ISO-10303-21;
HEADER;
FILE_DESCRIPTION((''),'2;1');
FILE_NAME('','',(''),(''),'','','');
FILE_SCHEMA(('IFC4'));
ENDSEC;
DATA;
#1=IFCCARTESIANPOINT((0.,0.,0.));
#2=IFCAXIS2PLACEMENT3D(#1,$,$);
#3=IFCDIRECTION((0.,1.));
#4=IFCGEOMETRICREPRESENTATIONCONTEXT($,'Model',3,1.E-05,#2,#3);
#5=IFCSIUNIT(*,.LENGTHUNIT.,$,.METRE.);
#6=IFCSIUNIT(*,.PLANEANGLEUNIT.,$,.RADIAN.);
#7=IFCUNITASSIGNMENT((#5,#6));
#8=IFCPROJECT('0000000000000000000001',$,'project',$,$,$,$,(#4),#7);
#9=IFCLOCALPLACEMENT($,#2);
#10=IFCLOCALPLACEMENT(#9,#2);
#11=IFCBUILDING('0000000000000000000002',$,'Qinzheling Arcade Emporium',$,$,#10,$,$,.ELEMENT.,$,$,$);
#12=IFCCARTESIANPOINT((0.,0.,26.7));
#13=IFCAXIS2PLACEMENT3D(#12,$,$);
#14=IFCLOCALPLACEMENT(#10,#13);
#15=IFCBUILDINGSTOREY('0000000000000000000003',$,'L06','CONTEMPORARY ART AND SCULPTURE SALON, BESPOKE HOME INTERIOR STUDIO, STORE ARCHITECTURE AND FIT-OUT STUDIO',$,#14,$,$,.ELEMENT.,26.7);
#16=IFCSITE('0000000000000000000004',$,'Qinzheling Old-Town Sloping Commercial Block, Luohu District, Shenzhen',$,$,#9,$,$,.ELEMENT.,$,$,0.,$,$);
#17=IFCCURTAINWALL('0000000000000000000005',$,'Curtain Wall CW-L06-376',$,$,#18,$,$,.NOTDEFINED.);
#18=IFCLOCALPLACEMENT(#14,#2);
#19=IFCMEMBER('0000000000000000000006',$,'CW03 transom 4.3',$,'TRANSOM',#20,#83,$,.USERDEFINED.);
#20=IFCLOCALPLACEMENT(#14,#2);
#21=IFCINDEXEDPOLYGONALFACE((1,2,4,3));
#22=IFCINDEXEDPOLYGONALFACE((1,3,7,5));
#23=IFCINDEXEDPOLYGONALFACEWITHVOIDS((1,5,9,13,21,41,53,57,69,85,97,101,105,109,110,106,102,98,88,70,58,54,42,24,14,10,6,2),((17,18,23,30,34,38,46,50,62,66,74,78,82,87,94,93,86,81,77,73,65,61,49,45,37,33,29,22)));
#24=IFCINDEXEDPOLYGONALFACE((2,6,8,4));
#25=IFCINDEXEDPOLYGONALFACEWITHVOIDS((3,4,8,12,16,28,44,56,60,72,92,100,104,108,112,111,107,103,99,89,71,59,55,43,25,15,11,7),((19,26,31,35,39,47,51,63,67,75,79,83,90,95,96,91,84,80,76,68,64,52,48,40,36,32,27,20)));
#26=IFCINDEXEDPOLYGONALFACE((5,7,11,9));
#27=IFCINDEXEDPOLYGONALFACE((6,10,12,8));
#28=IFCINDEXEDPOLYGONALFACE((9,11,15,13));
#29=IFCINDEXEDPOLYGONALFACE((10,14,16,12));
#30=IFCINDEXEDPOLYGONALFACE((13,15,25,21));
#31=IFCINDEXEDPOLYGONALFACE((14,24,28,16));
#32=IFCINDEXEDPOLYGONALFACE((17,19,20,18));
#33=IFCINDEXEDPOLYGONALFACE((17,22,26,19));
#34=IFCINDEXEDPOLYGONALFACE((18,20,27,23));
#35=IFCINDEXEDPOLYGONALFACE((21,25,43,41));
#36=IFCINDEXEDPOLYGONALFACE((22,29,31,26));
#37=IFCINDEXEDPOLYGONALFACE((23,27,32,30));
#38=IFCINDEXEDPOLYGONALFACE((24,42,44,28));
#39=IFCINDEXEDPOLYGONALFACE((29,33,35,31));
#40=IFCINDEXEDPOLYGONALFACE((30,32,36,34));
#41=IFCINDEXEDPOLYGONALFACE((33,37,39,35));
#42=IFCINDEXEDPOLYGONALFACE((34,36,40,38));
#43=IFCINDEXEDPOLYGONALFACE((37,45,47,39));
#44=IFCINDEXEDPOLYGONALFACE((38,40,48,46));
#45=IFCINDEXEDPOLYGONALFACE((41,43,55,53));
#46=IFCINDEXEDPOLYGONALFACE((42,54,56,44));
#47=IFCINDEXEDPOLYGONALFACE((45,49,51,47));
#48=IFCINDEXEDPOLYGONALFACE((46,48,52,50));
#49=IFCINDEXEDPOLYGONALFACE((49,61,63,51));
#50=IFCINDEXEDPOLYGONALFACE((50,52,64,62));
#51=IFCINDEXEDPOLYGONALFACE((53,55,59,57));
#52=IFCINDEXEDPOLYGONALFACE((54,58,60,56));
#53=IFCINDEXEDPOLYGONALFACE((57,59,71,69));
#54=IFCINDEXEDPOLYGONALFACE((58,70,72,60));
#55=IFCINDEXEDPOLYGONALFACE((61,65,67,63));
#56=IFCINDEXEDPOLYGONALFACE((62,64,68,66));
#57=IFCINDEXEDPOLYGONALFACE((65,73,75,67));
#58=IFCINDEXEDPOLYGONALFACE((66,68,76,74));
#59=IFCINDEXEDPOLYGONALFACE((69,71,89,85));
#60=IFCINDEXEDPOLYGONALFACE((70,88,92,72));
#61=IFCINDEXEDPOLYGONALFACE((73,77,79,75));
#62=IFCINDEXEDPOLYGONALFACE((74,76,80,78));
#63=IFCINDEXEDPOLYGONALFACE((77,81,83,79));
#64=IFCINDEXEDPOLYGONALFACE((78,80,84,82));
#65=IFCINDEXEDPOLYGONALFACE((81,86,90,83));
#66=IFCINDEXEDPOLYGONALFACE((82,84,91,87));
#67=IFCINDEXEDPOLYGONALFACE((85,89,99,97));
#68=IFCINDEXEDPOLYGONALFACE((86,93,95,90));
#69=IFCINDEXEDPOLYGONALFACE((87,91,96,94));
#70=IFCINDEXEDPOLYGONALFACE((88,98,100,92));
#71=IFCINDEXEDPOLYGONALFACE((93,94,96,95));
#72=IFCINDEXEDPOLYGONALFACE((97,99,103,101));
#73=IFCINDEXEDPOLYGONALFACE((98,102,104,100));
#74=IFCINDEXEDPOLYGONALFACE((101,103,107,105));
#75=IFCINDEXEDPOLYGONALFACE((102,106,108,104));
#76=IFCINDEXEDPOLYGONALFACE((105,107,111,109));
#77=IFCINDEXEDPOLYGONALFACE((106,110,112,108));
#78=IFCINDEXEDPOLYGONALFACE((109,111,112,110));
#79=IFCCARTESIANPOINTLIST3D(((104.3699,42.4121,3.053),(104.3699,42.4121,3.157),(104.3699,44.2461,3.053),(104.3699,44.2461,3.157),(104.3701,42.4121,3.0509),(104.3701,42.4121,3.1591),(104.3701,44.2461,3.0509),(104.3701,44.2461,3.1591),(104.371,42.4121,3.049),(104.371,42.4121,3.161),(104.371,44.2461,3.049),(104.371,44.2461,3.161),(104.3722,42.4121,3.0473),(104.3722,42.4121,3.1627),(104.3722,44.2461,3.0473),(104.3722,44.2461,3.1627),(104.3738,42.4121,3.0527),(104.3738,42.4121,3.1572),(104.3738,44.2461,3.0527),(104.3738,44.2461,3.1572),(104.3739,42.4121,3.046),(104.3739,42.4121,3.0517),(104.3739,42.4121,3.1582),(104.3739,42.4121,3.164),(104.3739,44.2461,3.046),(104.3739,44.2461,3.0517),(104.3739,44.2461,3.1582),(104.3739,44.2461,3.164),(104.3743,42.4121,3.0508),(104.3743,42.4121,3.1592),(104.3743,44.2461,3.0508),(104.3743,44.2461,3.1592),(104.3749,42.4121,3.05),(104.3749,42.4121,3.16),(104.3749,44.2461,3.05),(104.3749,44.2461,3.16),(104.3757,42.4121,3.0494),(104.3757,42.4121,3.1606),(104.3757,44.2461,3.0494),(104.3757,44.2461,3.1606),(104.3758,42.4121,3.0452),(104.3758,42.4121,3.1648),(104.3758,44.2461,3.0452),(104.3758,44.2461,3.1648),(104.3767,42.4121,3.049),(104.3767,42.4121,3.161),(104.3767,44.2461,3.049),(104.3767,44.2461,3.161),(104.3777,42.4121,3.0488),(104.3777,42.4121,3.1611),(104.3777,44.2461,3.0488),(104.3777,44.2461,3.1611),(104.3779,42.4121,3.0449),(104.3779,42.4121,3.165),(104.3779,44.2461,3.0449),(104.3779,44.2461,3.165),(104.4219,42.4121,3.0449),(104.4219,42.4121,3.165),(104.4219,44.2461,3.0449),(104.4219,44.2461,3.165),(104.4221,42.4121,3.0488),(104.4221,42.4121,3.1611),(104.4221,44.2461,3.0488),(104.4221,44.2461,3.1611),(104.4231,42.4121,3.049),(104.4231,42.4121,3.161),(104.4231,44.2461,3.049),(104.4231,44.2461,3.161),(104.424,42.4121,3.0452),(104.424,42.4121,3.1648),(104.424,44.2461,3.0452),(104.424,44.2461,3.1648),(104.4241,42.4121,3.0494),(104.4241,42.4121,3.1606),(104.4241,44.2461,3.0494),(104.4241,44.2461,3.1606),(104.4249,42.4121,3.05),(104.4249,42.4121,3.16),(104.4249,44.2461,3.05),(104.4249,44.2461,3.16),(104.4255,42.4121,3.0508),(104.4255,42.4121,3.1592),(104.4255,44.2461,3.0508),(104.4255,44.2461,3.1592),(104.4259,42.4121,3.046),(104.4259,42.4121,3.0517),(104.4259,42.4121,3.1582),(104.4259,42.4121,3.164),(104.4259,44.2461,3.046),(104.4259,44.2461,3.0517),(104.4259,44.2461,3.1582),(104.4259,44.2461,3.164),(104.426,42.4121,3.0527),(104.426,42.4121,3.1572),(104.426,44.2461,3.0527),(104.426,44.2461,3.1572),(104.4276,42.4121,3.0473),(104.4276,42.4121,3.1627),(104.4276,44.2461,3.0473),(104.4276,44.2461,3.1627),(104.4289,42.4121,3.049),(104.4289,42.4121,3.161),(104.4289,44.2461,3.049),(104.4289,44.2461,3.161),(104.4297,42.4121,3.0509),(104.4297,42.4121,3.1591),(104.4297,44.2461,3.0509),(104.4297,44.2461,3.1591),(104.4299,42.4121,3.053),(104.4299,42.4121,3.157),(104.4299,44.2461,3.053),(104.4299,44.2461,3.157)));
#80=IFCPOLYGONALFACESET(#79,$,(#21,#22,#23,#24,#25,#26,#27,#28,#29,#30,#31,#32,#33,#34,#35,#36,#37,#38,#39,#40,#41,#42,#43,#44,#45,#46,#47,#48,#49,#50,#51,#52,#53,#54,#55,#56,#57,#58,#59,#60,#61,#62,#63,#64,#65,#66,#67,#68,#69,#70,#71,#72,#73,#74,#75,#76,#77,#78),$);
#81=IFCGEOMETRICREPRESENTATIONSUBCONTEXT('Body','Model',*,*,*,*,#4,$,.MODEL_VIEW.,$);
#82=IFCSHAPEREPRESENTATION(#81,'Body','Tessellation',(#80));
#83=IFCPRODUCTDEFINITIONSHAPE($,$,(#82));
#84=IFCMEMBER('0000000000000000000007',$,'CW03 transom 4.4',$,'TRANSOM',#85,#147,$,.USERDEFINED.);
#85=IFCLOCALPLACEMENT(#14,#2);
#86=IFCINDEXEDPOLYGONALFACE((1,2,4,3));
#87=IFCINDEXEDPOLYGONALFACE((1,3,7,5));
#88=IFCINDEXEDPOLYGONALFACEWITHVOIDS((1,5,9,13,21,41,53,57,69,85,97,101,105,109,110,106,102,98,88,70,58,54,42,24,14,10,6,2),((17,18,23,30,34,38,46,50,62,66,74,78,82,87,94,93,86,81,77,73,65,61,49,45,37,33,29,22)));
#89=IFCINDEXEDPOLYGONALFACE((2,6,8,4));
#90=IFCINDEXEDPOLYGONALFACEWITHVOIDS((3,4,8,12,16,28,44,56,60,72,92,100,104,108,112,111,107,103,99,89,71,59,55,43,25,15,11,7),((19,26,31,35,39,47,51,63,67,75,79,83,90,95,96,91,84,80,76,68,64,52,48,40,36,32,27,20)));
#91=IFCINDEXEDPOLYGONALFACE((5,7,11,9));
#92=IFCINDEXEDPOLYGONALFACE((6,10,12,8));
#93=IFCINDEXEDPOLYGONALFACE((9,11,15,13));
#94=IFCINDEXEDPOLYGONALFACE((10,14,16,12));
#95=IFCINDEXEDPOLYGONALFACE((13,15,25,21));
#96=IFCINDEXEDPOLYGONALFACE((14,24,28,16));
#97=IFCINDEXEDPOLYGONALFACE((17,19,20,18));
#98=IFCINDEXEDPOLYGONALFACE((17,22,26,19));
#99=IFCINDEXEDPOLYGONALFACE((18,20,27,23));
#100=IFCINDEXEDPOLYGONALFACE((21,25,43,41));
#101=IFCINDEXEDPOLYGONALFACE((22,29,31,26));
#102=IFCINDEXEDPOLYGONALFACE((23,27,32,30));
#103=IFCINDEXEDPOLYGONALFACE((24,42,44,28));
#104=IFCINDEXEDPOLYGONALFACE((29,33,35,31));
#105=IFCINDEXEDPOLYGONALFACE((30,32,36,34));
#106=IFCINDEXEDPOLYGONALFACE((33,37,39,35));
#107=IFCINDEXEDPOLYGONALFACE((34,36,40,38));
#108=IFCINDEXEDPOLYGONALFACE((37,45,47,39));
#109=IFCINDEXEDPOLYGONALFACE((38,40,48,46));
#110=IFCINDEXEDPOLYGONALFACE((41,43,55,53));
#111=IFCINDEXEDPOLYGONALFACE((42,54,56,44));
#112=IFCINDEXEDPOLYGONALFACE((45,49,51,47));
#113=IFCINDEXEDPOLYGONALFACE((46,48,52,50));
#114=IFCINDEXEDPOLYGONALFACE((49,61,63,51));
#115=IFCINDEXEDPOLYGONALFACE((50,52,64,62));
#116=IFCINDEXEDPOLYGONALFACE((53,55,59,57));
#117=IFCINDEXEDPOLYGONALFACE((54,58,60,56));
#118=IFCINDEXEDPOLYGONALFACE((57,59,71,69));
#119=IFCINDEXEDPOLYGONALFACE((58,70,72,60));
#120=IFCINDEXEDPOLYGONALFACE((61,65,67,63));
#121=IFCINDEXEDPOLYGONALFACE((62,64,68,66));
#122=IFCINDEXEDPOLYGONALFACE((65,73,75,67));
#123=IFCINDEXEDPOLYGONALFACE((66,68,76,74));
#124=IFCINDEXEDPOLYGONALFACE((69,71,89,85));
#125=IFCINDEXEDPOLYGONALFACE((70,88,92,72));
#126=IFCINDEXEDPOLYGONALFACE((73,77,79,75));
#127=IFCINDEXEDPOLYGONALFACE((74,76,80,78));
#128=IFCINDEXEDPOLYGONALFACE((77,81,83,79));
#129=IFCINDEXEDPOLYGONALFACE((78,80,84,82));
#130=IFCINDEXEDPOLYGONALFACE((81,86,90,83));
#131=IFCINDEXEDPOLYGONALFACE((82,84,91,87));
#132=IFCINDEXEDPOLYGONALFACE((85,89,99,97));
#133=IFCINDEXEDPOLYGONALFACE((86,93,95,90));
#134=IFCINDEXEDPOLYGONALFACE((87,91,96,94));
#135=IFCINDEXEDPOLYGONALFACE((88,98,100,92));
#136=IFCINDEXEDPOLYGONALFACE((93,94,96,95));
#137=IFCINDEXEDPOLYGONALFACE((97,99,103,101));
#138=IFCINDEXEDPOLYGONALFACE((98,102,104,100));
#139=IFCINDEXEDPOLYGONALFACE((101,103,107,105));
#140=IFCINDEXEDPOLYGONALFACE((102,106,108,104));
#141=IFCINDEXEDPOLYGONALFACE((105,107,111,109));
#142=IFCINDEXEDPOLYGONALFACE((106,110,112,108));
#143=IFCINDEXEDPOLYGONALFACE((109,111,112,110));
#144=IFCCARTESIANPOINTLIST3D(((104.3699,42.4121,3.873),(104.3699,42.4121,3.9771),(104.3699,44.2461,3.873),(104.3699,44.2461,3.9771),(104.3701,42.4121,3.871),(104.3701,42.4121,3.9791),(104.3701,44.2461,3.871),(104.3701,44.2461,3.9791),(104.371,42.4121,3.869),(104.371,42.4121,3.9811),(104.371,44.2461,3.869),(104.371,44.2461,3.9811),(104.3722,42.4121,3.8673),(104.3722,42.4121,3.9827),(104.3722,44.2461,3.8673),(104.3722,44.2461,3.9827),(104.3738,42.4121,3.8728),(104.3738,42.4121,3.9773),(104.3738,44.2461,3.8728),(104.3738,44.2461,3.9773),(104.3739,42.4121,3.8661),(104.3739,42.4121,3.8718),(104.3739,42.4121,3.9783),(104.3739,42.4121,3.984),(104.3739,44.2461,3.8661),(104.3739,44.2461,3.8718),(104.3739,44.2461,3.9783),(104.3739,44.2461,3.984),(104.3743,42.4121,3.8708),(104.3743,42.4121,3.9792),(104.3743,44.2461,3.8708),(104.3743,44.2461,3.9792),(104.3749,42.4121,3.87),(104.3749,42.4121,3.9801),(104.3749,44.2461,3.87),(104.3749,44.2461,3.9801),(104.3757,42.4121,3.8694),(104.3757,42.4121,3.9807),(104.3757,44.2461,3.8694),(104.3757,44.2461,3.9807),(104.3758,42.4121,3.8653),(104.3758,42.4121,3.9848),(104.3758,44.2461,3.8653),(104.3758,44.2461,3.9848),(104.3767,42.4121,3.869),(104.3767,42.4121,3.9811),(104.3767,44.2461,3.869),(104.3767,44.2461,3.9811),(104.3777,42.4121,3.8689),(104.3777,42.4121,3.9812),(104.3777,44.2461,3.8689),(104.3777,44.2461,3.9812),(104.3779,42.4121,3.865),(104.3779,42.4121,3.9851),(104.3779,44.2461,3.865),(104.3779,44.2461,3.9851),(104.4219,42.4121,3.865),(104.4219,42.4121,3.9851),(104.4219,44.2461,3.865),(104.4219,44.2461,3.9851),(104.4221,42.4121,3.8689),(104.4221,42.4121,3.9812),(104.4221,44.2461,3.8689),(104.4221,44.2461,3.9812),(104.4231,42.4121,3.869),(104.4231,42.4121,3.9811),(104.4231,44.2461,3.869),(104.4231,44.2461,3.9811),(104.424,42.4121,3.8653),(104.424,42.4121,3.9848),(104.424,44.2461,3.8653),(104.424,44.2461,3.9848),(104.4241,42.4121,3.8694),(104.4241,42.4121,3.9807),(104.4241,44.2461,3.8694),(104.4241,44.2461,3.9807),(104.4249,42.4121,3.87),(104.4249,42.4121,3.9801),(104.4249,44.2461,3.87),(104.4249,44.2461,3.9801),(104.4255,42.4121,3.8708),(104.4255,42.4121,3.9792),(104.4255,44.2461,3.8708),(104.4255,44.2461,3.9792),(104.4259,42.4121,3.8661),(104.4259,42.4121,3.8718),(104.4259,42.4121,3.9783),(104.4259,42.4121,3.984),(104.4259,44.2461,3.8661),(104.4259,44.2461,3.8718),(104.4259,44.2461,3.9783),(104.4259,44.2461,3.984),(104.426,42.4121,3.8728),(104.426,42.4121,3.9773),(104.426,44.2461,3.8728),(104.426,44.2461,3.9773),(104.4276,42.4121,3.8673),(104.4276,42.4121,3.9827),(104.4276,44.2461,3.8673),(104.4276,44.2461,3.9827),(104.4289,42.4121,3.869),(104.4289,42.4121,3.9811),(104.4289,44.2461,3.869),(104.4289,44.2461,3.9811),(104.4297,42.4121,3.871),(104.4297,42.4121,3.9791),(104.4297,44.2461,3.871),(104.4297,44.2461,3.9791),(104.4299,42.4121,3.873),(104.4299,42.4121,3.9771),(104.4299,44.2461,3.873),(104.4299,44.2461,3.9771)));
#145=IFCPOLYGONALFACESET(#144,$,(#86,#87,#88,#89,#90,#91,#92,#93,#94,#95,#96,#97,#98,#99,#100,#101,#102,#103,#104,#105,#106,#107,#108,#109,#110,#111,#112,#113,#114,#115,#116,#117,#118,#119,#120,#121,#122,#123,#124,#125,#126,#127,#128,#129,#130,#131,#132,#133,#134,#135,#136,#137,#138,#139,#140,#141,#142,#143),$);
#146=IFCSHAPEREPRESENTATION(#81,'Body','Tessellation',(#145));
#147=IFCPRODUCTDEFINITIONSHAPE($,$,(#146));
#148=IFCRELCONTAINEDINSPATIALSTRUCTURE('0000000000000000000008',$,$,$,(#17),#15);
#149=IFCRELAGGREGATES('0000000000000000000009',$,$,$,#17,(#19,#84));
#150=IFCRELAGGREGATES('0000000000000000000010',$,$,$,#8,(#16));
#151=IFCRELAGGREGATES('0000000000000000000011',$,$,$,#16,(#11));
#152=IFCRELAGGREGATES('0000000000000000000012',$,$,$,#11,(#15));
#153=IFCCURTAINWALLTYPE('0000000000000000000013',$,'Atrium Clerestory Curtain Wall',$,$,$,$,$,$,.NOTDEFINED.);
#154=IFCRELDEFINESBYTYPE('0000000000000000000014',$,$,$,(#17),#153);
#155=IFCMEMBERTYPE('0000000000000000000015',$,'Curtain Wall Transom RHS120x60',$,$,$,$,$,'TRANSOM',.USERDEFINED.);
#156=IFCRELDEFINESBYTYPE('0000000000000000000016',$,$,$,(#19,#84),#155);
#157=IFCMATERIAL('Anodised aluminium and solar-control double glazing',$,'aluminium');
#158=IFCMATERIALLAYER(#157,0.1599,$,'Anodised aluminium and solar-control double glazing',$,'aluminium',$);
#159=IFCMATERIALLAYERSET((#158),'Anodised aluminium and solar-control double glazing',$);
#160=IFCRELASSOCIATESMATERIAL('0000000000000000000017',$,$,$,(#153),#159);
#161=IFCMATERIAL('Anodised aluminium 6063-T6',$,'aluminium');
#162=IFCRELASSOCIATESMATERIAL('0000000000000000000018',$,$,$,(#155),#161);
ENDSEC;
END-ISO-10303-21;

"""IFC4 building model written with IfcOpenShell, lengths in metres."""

from ifc_helpers import new_model, si_unit, direction, frame, origin, origin_2d, place, context, subcontext, project, spatial, hollow_rectangle, extrude, material, layer, layer_set, material_profile, profile_set, type_object, element, aggregate, save


model = new_model("IFC4")

# Units and contexts
model_context = context("Model", 3, precision=1e-05, world=origin(), true_north=direction((0.0, 1.0)))
body_context = subcontext(model_context, "Body", "Model", "MODEL_VIEW")
ifc_project = project(units=[si_unit("LENGTHUNIT", "METRE"), si_unit("PLANEANGLEUNIT", "RADIAN")], contexts=[model_context])

# Site, building, storey
site_placement = place(None, origin())
site = spatial("IfcSite", under=ifc_project, at=site_placement, Name="Qinzheling Old-Town Sloping Commercial Block, Luohu District, Shenzhen", CompositionType="ELEMENT", RefElevation=0.0)
building_placement = place(site_placement, origin())
building = spatial("IfcBuilding", under=site, at=building_placement, Name="Qinzheling Arcade Emporium", CompositionType="ELEMENT")
storey_placement = place(building_placement, frame((0.0, 0.0, 26.7)))
storey = spatial("IfcBuildingStorey", under=building, at=storey_placement, Name="L06", Description="CONTEMPORARY ART AND SCULPTURE SALON, BESPOKE HOME INTERIOR STUDIO, STORE ARCHITECTURE AND FIT-OUT STUDIO", CompositionType="ELEMENT", Elevation=26.7)

# Curtain wall
ifc_material_1 = material(Name="Anodised aluminium and solar-control double glazing", Category="aluminium")
ifc_layer_1 = layer(ifc_material_1, 0.1599, Name="Anodised aluminium and solar-control double glazing", Category="aluminium")
ifc_layer_set_1 = layer_set([ifc_layer_1], Name="Anodised aluminium and solar-control double glazing")
curtain_wall_type = type_object("IfcCurtainWallType", Name="Atrium Clerestory Curtain Wall", PredefinedType="NOTDEFINED", material=ifc_layer_set_1)
curtain_wall_1_placement = place(storey_placement, origin())
curtain_wall_1 = element("IfcCurtainWall", 1, at=curtain_wall_1_placement, inside=storey, type_object=curtain_wall_type, Name="Curtain Wall CW-L06-376", PredefinedType="NOTDEFINED")
ifc_material_2 = material(Name="Anodised aluminium 6063-T6", Category="aluminium")

# Members
ifc_material_profile_1 = material_profile(ifc_material_2, hollow_rectangle(XDim=0.0601, YDim=0.1201, WallThickness=0.0039, InnerFilletRadius=0.0039, OuterFilletRadius=0.0081, at=origin_2d()), Name="RHS 120x60x4", Category="aluminium")
ifc_profile_set_1 = profile_set([ifc_material_profile_1], Name="Anodised aluminium 6063-T6")
member_type_1 = type_object("IfcMemberType", Name="Curtain Wall Transom RHS120x60", ElementType="TRANSOM", PredefinedType="USERDEFINED", material=ifc_profile_set_1)
member_1_placement = place(storey_placement, frame((104.3999, 44.2461, 3.105), z_axis=(0.0, -1.0, 0.0), x_axis=(1.0, 0.0, 0.0)))
member_1 = element("IfcMember", 2, at=member_1_placement, type_object=member_type_1, Name="CW03 transom 4.3", ObjectType="TRANSOM", PredefinedType="USERDEFINED", context=body_context, shape_type="SweptSolid", body=[
    extrude(hollow_rectangle(XDim=0.0601, YDim=0.1201, WallThickness=0.0039, InnerFilletRadius=0.0039, OuterFilletRadius=0.0081, at=origin_2d()), origin(), (0.0, 0.0, 1.0), 1.834),
])
member_2_placement = place(storey_placement, frame((104.3999, 44.2461, 3.925), z_axis=(0.0, -1.0, 0.0), x_axis=(1.0, 0.0, 0.0)))
member_2 = element("IfcMember", 3, at=member_2_placement, type_object=member_type_1, Name="CW03 transom 4.4", ObjectType="TRANSOM", PredefinedType="USERDEFINED", context=body_context, shape_type="SweptSolid", body=[
    extrude(hollow_rectangle(XDim=0.0601, YDim=0.1201, WallThickness=0.0039, InnerFilletRadius=0.0039, OuterFilletRadius=0.0081, at=origin_2d()), origin(), (0.0, 0.0, 1.0), 1.834),
])

aggregate(curtain_wall_1, [member_1, member_2])

save(model, "model.ifc")
